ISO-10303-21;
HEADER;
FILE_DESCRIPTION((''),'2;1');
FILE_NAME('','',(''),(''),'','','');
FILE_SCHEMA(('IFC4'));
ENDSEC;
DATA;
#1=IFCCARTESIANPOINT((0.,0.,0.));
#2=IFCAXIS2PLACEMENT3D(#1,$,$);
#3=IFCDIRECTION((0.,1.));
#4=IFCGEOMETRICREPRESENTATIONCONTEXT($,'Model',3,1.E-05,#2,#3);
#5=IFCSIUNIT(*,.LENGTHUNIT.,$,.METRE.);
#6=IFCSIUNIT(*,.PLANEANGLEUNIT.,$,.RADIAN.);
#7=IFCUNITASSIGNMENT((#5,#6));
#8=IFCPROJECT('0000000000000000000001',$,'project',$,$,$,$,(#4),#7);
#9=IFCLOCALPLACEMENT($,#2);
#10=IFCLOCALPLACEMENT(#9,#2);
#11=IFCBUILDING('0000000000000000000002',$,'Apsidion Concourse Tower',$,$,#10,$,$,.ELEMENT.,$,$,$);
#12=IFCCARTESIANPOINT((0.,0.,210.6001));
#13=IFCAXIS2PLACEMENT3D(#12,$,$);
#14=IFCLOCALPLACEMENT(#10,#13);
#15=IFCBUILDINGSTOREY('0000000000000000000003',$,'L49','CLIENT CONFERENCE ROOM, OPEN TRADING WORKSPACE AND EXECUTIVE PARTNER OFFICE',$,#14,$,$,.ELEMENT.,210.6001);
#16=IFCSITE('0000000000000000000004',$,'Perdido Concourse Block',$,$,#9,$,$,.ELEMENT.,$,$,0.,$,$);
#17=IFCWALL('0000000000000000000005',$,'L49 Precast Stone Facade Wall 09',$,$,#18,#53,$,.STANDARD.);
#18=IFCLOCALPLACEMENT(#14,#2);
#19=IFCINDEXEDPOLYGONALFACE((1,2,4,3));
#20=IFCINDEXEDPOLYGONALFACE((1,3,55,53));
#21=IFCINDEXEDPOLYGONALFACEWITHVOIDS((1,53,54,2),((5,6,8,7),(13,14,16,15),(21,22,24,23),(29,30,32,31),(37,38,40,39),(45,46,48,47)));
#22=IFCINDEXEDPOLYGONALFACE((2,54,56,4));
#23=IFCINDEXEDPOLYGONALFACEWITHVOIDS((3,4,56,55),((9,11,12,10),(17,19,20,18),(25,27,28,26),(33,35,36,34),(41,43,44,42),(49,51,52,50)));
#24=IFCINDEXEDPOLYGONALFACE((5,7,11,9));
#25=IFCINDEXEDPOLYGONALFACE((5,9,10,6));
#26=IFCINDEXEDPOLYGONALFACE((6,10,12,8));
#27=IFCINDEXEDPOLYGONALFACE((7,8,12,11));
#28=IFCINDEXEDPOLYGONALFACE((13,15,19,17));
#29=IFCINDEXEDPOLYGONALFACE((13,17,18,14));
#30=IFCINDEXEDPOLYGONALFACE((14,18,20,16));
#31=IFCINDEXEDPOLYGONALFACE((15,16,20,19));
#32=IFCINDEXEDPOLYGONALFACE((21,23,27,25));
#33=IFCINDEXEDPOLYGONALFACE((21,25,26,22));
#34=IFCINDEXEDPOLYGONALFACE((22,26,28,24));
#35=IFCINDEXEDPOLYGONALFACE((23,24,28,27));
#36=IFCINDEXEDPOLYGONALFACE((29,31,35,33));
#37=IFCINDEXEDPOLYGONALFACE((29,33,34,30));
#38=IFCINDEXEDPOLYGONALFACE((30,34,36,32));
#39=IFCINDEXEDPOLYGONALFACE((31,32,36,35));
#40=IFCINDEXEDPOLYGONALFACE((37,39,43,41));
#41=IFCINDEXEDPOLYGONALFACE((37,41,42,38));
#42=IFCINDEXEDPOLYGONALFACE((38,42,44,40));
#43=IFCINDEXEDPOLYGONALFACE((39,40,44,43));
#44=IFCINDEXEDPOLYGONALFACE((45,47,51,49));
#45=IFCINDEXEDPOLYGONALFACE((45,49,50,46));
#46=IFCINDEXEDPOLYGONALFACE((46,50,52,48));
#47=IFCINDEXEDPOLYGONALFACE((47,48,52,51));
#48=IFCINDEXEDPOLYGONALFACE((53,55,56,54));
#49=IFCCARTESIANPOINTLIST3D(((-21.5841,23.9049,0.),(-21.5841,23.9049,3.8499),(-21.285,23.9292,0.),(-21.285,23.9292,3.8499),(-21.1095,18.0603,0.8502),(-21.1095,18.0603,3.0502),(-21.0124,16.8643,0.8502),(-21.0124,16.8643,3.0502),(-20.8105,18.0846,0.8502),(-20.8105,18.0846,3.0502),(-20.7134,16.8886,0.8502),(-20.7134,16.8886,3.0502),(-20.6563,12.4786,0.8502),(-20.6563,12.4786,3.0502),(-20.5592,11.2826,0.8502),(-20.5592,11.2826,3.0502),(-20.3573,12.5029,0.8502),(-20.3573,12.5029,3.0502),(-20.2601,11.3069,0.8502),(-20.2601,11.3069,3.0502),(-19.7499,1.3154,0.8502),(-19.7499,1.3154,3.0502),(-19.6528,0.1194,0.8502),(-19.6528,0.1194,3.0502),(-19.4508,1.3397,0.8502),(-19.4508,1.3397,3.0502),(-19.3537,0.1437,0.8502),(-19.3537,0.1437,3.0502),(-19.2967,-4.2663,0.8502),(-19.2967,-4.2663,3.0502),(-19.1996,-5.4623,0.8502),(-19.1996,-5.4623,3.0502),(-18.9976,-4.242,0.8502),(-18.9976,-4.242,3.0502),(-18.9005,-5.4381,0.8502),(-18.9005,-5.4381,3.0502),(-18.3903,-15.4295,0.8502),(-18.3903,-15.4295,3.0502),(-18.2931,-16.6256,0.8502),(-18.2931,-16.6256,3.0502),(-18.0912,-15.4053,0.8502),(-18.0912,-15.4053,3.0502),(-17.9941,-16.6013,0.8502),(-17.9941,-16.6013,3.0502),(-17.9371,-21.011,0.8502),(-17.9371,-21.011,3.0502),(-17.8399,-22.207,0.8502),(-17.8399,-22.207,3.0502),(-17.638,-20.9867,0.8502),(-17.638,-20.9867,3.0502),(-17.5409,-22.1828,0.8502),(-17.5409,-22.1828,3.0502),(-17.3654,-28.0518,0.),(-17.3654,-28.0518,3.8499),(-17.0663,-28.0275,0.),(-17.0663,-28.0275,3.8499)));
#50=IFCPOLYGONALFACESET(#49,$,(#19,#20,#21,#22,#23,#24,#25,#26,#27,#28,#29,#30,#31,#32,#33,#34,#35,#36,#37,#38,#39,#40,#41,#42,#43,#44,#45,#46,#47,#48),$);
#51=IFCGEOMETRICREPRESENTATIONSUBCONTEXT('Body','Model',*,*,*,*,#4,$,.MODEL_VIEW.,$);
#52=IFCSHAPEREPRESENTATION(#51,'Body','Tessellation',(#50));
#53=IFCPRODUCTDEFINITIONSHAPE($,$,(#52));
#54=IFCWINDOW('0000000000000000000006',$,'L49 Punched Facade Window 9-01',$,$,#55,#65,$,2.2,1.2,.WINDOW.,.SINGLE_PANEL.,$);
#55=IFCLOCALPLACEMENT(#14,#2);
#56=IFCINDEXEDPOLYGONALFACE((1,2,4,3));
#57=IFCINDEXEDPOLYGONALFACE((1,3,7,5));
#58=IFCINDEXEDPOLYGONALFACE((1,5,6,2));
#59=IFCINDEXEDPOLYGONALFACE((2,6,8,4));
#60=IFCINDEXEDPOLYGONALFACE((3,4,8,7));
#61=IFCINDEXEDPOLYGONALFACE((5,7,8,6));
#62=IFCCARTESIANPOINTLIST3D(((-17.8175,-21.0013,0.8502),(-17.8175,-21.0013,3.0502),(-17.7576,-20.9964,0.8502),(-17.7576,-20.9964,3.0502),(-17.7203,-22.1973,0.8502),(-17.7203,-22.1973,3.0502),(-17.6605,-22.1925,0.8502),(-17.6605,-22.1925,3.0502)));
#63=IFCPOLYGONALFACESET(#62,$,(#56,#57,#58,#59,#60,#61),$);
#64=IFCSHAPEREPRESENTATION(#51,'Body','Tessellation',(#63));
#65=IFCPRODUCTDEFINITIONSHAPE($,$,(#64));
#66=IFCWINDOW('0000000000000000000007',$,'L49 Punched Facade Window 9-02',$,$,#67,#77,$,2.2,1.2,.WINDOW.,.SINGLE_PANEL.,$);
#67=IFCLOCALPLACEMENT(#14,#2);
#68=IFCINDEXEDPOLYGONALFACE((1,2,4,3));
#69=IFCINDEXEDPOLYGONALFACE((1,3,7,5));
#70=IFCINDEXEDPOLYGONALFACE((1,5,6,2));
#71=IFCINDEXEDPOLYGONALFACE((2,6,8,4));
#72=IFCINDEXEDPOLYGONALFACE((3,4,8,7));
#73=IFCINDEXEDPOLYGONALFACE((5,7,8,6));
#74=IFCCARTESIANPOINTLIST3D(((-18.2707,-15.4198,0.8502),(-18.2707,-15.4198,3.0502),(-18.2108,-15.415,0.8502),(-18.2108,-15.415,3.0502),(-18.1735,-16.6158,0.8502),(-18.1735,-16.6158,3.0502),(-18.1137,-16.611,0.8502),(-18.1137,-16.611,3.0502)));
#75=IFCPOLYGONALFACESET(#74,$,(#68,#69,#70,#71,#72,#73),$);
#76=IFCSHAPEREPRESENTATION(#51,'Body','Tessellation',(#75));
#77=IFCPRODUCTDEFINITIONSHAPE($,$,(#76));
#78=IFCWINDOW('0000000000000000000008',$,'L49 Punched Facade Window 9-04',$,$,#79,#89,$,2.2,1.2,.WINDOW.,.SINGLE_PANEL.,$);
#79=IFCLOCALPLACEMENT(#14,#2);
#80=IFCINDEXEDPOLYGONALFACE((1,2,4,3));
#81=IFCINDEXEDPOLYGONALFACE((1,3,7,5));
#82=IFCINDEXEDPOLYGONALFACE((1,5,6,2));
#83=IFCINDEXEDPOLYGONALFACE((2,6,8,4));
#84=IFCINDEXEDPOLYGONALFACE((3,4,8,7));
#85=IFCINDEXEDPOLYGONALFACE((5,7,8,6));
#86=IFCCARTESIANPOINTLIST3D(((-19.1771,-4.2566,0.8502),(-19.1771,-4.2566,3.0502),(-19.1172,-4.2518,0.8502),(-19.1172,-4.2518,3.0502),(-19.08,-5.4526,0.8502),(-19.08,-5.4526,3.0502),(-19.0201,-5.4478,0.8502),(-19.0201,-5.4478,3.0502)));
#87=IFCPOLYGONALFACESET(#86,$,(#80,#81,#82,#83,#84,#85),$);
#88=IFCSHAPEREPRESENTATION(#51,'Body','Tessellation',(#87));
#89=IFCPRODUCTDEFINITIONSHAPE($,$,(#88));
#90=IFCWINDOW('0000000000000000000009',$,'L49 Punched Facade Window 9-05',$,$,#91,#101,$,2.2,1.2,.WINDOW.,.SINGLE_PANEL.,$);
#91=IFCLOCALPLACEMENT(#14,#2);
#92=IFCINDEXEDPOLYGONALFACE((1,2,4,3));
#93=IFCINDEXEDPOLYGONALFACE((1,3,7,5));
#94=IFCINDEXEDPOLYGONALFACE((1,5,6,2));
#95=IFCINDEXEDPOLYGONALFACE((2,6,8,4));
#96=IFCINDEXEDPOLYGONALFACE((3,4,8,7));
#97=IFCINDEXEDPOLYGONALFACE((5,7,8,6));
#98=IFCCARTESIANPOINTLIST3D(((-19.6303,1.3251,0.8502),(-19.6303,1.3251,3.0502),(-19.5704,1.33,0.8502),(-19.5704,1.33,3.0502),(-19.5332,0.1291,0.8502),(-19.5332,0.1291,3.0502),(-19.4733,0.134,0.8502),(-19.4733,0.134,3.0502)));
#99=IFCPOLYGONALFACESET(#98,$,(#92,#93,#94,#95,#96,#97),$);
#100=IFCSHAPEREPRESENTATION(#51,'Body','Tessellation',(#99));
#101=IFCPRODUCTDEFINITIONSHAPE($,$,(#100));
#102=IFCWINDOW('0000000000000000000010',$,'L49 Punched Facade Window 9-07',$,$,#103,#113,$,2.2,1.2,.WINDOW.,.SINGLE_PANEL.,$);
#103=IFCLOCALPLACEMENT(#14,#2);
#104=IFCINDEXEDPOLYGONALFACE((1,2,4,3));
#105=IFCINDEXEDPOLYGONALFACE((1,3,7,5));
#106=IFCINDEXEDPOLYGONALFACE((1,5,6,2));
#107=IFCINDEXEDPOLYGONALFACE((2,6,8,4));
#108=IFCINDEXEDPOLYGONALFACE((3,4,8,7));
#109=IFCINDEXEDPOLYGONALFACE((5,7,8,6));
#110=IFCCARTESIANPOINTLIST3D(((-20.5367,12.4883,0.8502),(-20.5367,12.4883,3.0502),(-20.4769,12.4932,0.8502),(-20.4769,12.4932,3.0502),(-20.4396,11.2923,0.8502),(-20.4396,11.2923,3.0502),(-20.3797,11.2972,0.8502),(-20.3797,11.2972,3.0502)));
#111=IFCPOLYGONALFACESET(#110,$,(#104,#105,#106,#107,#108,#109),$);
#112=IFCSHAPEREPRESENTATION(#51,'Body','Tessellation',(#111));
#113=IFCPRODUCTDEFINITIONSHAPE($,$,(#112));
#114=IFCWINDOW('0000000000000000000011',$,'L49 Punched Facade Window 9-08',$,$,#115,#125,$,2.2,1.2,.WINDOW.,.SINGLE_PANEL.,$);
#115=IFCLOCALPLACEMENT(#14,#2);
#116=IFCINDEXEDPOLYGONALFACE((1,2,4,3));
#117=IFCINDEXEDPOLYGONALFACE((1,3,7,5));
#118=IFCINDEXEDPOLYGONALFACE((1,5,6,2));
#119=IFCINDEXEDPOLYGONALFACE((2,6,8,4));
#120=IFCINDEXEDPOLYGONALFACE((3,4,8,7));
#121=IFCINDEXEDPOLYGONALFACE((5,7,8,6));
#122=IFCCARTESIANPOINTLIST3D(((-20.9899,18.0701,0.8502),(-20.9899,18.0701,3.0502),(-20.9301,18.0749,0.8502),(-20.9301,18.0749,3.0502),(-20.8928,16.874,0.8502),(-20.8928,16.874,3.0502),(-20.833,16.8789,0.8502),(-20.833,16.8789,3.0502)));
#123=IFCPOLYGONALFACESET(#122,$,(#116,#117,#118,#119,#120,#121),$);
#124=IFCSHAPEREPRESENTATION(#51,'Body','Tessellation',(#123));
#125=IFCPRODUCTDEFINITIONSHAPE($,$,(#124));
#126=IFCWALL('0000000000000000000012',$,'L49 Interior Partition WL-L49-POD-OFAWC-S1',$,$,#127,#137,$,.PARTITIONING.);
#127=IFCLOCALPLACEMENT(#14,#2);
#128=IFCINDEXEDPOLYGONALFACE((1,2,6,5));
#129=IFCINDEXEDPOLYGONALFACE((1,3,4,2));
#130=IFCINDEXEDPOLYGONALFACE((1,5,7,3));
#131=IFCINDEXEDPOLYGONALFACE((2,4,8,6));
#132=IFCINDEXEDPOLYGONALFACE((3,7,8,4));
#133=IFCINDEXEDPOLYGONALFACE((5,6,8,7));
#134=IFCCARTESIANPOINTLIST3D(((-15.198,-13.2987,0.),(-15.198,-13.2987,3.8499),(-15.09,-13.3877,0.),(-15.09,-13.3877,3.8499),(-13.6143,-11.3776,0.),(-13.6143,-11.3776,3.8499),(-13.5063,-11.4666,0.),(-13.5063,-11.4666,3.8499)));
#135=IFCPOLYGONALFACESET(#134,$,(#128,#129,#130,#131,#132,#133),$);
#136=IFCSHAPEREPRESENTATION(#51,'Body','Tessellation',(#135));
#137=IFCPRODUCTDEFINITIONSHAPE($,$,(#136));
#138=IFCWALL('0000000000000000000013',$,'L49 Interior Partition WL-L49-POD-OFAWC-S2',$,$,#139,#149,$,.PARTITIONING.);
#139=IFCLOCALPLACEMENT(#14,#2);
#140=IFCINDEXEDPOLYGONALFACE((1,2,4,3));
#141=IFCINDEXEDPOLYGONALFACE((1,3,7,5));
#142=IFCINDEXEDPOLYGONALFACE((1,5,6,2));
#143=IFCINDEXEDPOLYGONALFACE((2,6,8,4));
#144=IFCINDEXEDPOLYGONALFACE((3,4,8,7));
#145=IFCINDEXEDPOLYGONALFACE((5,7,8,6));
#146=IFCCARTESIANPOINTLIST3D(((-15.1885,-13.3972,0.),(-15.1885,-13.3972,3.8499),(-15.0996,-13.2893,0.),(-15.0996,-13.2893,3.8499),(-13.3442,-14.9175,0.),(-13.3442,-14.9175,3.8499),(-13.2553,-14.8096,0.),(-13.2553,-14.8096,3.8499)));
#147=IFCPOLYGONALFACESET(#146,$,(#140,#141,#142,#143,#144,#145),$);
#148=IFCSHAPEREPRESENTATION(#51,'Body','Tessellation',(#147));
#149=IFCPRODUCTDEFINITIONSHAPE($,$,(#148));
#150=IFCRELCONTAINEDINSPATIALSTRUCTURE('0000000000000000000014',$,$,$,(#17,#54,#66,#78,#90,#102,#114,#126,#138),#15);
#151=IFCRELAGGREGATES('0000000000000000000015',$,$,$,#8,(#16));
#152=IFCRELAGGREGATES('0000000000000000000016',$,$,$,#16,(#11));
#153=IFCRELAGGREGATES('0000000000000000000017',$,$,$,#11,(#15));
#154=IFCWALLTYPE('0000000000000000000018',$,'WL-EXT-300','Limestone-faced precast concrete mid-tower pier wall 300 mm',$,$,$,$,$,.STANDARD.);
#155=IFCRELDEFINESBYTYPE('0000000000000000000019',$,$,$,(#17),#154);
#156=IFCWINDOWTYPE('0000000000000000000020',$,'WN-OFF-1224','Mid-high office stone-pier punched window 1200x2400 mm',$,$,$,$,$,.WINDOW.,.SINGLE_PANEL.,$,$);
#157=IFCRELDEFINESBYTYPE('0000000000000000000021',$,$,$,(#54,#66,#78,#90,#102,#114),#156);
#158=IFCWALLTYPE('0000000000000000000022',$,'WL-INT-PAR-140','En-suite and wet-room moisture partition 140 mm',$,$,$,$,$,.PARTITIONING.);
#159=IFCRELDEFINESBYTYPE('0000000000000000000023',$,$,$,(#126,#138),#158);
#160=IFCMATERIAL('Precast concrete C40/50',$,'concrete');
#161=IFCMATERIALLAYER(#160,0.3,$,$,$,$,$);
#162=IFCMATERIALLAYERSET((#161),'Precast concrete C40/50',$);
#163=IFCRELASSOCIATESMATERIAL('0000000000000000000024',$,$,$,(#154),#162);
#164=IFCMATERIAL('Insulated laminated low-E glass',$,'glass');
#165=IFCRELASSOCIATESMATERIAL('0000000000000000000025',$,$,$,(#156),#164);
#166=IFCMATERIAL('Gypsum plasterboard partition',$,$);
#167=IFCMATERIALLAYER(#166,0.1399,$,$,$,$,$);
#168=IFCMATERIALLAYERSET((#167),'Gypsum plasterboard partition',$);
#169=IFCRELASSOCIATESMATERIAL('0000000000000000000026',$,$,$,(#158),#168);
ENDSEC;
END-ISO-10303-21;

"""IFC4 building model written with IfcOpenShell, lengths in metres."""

from ifc_helpers import new_model, si_unit, direction, frame, frame_2d, origin, place, context, subcontext, project, spatial, rectangle, extrude, material, layer, layer_set, type_object, element, fill, save


model = new_model("IFC4")

# Units and contexts
model_context = context("Model", 3, precision=1e-05, world=origin(), true_north=direction((0.0, 1.0)))
body_context = subcontext(model_context, "Body", "Model", "MODEL_VIEW")
ifc_project = project(units=[si_unit("LENGTHUNIT", "METRE"), si_unit("PLANEANGLEUNIT", "RADIAN")], contexts=[model_context])

# Site, building, storey
site_placement = place(None, origin())
site = spatial("IfcSite", under=ifc_project, at=site_placement, Name="Perdido Concourse Block", CompositionType="ELEMENT", RefElevation=0.0)
building_placement = place(site_placement, origin())
building = spatial("IfcBuilding", under=site, at=building_placement, Name="Apsidion Concourse Tower", CompositionType="ELEMENT")
storey_placement = place(building_placement, frame((0.0, 0.0, 210.6001)))
storey = spatial("IfcBuildingStorey", under=building, at=storey_placement, Name="L49", Description="CLIENT CONFERENCE ROOM, OPEN TRADING WORKSPACE AND EXECUTIVE PARTNER OFFICE", CompositionType="ELEMENT", Elevation=210.6001)

# Shared definitions
ifc_material_1 = material(Name="Precast concrete C40/50", Category="concrete")
ifc_layer_1 = layer(ifc_material_1, 0.3)
ifc_layer_set_1 = layer_set([ifc_layer_1], Name="Precast concrete C40/50")
wall_type_1 = type_object("IfcWallType", Name="WL-EXT-300", Description="Limestone-faced precast concrete mid-tower pier wall 300 mm", PredefinedType="STANDARD", material=ifc_layer_set_1)

# Wall, openings, windows
wall_1_placement = place(storey_placement, frame((-17.2158, -28.0398, 0.0), z_axis=(0.0, 0.0, 1.0), x_axis=(-0.080931, 0.99672, 0.0)))
wall_1 = element("IfcWall", 1, at=wall_1_placement, inside=storey, type_object=wall_type_1, Name="L49 Precast Stone Facade Wall 09", PredefinedType="STANDARD", context=body_context, shape_type="SweptSolid", body=[
    extrude(rectangle(XDim=52.1277, YDim=0.3, at=frame_2d((26.064, 0.0))), origin(), (0.0, 0.0, 1.0), 3.8499),
])
opening_1_placement = place(wall_1_placement, frame((5.864, 0.0, 0.8501)))
opening_1 = element("IfcOpeningElement", 2, at=opening_1_placement, cuts=wall_1, PredefinedType="OPENING", context=body_context, shape_type="SweptSolid", body=[
    extrude(rectangle(XDim=1.2, YDim=2.2, at=frame_2d((0.6001, 1.1001))), frame((0.0, 0.1602, 0.0), z_axis=(0.0, -1.0, 0.0), x_axis=(1.0, 0.0, 0.0)), (0.0, 0.0, 1.0), 0.3201),
])
opening_2_placement = place(wall_1_placement, frame((11.4639, 0.0, 0.8501)))
opening_2 = element("IfcOpeningElement", 3, at=opening_2_placement, cuts=wall_1, PredefinedType="OPENING", context=body_context, shape_type="SweptSolid", body=[
    extrude(rectangle(XDim=1.2, YDim=2.2, at=frame_2d((0.6001, 1.1001))), frame((0.0, 0.1602, 0.0), z_axis=(0.0, -1.0, 0.0), x_axis=(1.0, 0.0, 0.0)), (0.0, 0.0, 1.0), 0.3201),
])
opening_3_placement = place(wall_1_placement, frame((22.6638, 0.0, 0.8501)))
opening_3 = element("IfcOpeningElement", 4, at=opening_3_placement, cuts=wall_1, PredefinedType="OPENING", context=body_context, shape_type="SweptSolid", body=[
    extrude(rectangle(XDim=1.2, YDim=2.2, at=frame_2d((0.6001, 1.1001))), frame((0.0, 0.1602, 0.0), z_axis=(0.0, -1.0, 0.0), x_axis=(1.0, 0.0, 0.0)), (0.0, 0.0, 1.0), 0.3201),
])
opening_4_placement = place(wall_1_placement, frame((28.2639, 0.0, 0.8501)))
opening_4 = element("IfcOpeningElement", 5, at=opening_4_placement, cuts=wall_1, PredefinedType="OPENING", context=body_context, shape_type="SweptSolid", body=[
    extrude(rectangle(XDim=1.2, YDim=2.2, at=frame_2d((0.6001, 1.1001))), frame((0.0, 0.1602, 0.0), z_axis=(0.0, -1.0, 0.0), x_axis=(1.0, 0.0, 0.0)), (0.0, 0.0, 1.0), 0.3201),
])
opening_5_placement = place(wall_1_placement, frame((39.4639, 0.0, 0.8501)))
opening_5 = element("IfcOpeningElement", 6, at=opening_5_placement, cuts=wall_1, PredefinedType="OPENING", context=body_context, shape_type="SweptSolid", body=[
    extrude(rectangle(XDim=1.2, YDim=2.2, at=frame_2d((0.6001, 1.1001))), frame((0.0, 0.1602, 0.0), z_axis=(0.0, -1.0, 0.0), x_axis=(1.0, 0.0, 0.0)), (0.0, 0.0, 1.0), 0.3201),
])
opening_6_placement = place(wall_1_placement, frame((45.064, 0.0, 0.8501)))
opening_6 = element("IfcOpeningElement", 7, at=opening_6_placement, cuts=wall_1, PredefinedType="OPENING", context=body_context, shape_type="SweptSolid", body=[
    extrude(rectangle(XDim=1.2, YDim=2.2, at=frame_2d((0.6001, 1.1001))), frame((0.0, 0.1602, 0.0), z_axis=(0.0, -1.0, 0.0), x_axis=(1.0, 0.0, 0.0)), (0.0, 0.0, 1.0), 0.3201),
])
ifc_material_2 = material(Name="Insulated laminated low-E glass", Category="glass")
window_type = type_object("IfcWindowType", Name="WN-OFF-1224", Description="Mid-high office stone-pier punched window 1200x2400 mm", PartitioningType="SINGLE_PANEL", PredefinedType="WINDOW", material=ifc_material_2)
window_1_placement = place(opening_1_placement, origin())
window_1 = element("IfcWindow", 8, at=window_1_placement, inside=storey, type_object=window_type, Name="L49 Punched Facade Window 9-01", OverallHeight=2.2, OverallWidth=1.2, PartitioningType="SINGLE_PANEL", PredefinedType="WINDOW", context=body_context, shape_type="SweptSolid", body=[
    extrude(rectangle(XDim=1.2, YDim=2.2, at=frame_2d((0.6001, 1.1001))), frame((0.0, 0.03, 0.0), z_axis=(0.0, -1.0, 0.0), x_axis=(1.0, 0.0, 0.0)), (0.0, 0.0, 1.0), 0.0601),
])
fill(opening_1, window_1)
window_2_placement = place(opening_2_placement, origin())
window_2 = element("IfcWindow", 9, at=window_2_placement, inside=storey, type_object=window_type, Name="L49 Punched Facade Window 9-02", OverallHeight=2.2, OverallWidth=1.2, PartitioningType="SINGLE_PANEL", PredefinedType="WINDOW", context=body_context, shape_type="SweptSolid", body=[
    extrude(rectangle(XDim=1.2, YDim=2.2, at=frame_2d((0.6001, 1.1001))), frame((0.0, 0.03, 0.0), z_axis=(0.0, -1.0, 0.0), x_axis=(1.0, 0.0, 0.0)), (0.0, 0.0, 1.0), 0.0601),
])
fill(opening_2, window_2)
window_3_placement = place(opening_3_placement, origin())
window_3 = element("IfcWindow", 10, at=window_3_placement, inside=storey, type_object=window_type, Name="L49 Punched Facade Window 9-04", OverallHeight=2.2, OverallWidth=1.2, PartitioningType="SINGLE_PANEL", PredefinedType="WINDOW", context=body_context, shape_type="SweptSolid", body=[
    extrude(rectangle(XDim=1.2, YDim=2.2, at=frame_2d((0.6001, 1.1001))), frame((0.0, 0.03, 0.0), z_axis=(0.0, -1.0, 0.0), x_axis=(1.0, 0.0, 0.0)), (0.0, 0.0, 1.0), 0.0601),
])
fill(opening_3, window_3)
window_4_placement = place(opening_4_placement, origin())
window_4 = element("IfcWindow", 11, at=window_4_placement, inside=storey, type_object=window_type, Name="L49 Punched Facade Window 9-05", OverallHeight=2.2, OverallWidth=1.2, PartitioningType="SINGLE_PANEL", PredefinedType="WINDOW", context=body_context, shape_type="SweptSolid", body=[
    extrude(rectangle(XDim=1.2, YDim=2.2, at=frame_2d((0.6001, 1.1001))), frame((0.0, 0.03, 0.0), z_axis=(0.0, -1.0, 0.0), x_axis=(1.0, 0.0, 0.0)), (0.0, 0.0, 1.0), 0.0601),
])
fill(opening_4, window_4)
window_5_placement = place(opening_5_placement, origin())
window_5 = element("IfcWindow", 12, at=window_5_placement, inside=storey, type_object=window_type, Name="L49 Punched Facade Window 9-07", OverallHeight=2.2, OverallWidth=1.2, PartitioningType="SINGLE_PANEL", PredefinedType="WINDOW", context=body_context, shape_type="SweptSolid", body=[
    extrude(rectangle(XDim=1.2, YDim=2.2, at=frame_2d((0.6001, 1.1001))), frame((0.0, 0.03, 0.0), z_axis=(0.0, -1.0, 0.0), x_axis=(1.0, 0.0, 0.0)), (0.0, 0.0, 1.0), 0.0601),
])
fill(opening_5, window_5)
window_6_placement = place(opening_6_placement, origin())
window_6 = element("IfcWindow", 13, at=window_6_placement, inside=storey, type_object=window_type, Name="L49 Punched Facade Window 9-08", OverallHeight=2.2, OverallWidth=1.2, PartitioningType="SINGLE_PANEL", PredefinedType="WINDOW", context=body_context, shape_type="SweptSolid", body=[
    extrude(rectangle(XDim=1.2, YDim=2.2, at=frame_2d((0.6001, 1.1001))), frame((0.0, 0.03, 0.0), z_axis=(0.0, -1.0, 0.0), x_axis=(1.0, 0.0, 0.0)), (0.0, 0.0, 1.0), 0.0601),
])
fill(opening_6, window_6)

# Walls
ifc_material_3 = material(Name="Gypsum plasterboard partition")
ifc_layer_2 = layer(ifc_material_3, 0.1399)
ifc_layer_set_2 = layer_set([ifc_layer_2], Name="Gypsum plasterboard partition")
wall_type_2 = type_object("IfcWallType", Name="WL-INT-PAR-140", Description="En-suite and wet-room moisture partition 140 mm", PredefinedType="PARTITIONING", material=ifc_layer_set_2)
wall_2_placement = place(storey_placement, frame((-13.5603, -11.4221, 0.0), z_axis=(0.0, 0.0, 1.0), x_axis=(-0.636096, -0.77161, 0.0)))
element("IfcWall", 14, at=wall_2_placement, inside=storey, type_object=wall_type_2, Name="L49 Interior Partition WL-L49-POD-OFAWC-S1", PredefinedType="PARTITIONING", context=body_context, shape_type="SweptSolid", body=[
    extrude(rectangle(XDim=2.4897, YDim=0.1399, at=frame_2d((1.2449, 0.0))), origin(), (0.0, 0.0, 1.0), 3.8499),
])
wall_3_placement = place(storey_placement, frame((-15.144, -13.3433, 0.0), z_axis=(0.0, 0.0, 1.0), x_axis=(0.771626, -0.636076, 0.0)))
element("IfcWall", 15, at=wall_3_placement, inside=storey, type_object=wall_type_2, Name="L49 Interior Partition WL-L49-POD-OFAWC-S2", PredefinedType="PARTITIONING", context=body_context, shape_type="SweptSolid", body=[
    extrude(rectangle(XDim=2.3901, YDim=0.1399, at=frame_2d((1.1951, 0.0))), origin(), (0.0, 0.0, 1.0), 3.8499),
])

save(model, "model.ifc")
